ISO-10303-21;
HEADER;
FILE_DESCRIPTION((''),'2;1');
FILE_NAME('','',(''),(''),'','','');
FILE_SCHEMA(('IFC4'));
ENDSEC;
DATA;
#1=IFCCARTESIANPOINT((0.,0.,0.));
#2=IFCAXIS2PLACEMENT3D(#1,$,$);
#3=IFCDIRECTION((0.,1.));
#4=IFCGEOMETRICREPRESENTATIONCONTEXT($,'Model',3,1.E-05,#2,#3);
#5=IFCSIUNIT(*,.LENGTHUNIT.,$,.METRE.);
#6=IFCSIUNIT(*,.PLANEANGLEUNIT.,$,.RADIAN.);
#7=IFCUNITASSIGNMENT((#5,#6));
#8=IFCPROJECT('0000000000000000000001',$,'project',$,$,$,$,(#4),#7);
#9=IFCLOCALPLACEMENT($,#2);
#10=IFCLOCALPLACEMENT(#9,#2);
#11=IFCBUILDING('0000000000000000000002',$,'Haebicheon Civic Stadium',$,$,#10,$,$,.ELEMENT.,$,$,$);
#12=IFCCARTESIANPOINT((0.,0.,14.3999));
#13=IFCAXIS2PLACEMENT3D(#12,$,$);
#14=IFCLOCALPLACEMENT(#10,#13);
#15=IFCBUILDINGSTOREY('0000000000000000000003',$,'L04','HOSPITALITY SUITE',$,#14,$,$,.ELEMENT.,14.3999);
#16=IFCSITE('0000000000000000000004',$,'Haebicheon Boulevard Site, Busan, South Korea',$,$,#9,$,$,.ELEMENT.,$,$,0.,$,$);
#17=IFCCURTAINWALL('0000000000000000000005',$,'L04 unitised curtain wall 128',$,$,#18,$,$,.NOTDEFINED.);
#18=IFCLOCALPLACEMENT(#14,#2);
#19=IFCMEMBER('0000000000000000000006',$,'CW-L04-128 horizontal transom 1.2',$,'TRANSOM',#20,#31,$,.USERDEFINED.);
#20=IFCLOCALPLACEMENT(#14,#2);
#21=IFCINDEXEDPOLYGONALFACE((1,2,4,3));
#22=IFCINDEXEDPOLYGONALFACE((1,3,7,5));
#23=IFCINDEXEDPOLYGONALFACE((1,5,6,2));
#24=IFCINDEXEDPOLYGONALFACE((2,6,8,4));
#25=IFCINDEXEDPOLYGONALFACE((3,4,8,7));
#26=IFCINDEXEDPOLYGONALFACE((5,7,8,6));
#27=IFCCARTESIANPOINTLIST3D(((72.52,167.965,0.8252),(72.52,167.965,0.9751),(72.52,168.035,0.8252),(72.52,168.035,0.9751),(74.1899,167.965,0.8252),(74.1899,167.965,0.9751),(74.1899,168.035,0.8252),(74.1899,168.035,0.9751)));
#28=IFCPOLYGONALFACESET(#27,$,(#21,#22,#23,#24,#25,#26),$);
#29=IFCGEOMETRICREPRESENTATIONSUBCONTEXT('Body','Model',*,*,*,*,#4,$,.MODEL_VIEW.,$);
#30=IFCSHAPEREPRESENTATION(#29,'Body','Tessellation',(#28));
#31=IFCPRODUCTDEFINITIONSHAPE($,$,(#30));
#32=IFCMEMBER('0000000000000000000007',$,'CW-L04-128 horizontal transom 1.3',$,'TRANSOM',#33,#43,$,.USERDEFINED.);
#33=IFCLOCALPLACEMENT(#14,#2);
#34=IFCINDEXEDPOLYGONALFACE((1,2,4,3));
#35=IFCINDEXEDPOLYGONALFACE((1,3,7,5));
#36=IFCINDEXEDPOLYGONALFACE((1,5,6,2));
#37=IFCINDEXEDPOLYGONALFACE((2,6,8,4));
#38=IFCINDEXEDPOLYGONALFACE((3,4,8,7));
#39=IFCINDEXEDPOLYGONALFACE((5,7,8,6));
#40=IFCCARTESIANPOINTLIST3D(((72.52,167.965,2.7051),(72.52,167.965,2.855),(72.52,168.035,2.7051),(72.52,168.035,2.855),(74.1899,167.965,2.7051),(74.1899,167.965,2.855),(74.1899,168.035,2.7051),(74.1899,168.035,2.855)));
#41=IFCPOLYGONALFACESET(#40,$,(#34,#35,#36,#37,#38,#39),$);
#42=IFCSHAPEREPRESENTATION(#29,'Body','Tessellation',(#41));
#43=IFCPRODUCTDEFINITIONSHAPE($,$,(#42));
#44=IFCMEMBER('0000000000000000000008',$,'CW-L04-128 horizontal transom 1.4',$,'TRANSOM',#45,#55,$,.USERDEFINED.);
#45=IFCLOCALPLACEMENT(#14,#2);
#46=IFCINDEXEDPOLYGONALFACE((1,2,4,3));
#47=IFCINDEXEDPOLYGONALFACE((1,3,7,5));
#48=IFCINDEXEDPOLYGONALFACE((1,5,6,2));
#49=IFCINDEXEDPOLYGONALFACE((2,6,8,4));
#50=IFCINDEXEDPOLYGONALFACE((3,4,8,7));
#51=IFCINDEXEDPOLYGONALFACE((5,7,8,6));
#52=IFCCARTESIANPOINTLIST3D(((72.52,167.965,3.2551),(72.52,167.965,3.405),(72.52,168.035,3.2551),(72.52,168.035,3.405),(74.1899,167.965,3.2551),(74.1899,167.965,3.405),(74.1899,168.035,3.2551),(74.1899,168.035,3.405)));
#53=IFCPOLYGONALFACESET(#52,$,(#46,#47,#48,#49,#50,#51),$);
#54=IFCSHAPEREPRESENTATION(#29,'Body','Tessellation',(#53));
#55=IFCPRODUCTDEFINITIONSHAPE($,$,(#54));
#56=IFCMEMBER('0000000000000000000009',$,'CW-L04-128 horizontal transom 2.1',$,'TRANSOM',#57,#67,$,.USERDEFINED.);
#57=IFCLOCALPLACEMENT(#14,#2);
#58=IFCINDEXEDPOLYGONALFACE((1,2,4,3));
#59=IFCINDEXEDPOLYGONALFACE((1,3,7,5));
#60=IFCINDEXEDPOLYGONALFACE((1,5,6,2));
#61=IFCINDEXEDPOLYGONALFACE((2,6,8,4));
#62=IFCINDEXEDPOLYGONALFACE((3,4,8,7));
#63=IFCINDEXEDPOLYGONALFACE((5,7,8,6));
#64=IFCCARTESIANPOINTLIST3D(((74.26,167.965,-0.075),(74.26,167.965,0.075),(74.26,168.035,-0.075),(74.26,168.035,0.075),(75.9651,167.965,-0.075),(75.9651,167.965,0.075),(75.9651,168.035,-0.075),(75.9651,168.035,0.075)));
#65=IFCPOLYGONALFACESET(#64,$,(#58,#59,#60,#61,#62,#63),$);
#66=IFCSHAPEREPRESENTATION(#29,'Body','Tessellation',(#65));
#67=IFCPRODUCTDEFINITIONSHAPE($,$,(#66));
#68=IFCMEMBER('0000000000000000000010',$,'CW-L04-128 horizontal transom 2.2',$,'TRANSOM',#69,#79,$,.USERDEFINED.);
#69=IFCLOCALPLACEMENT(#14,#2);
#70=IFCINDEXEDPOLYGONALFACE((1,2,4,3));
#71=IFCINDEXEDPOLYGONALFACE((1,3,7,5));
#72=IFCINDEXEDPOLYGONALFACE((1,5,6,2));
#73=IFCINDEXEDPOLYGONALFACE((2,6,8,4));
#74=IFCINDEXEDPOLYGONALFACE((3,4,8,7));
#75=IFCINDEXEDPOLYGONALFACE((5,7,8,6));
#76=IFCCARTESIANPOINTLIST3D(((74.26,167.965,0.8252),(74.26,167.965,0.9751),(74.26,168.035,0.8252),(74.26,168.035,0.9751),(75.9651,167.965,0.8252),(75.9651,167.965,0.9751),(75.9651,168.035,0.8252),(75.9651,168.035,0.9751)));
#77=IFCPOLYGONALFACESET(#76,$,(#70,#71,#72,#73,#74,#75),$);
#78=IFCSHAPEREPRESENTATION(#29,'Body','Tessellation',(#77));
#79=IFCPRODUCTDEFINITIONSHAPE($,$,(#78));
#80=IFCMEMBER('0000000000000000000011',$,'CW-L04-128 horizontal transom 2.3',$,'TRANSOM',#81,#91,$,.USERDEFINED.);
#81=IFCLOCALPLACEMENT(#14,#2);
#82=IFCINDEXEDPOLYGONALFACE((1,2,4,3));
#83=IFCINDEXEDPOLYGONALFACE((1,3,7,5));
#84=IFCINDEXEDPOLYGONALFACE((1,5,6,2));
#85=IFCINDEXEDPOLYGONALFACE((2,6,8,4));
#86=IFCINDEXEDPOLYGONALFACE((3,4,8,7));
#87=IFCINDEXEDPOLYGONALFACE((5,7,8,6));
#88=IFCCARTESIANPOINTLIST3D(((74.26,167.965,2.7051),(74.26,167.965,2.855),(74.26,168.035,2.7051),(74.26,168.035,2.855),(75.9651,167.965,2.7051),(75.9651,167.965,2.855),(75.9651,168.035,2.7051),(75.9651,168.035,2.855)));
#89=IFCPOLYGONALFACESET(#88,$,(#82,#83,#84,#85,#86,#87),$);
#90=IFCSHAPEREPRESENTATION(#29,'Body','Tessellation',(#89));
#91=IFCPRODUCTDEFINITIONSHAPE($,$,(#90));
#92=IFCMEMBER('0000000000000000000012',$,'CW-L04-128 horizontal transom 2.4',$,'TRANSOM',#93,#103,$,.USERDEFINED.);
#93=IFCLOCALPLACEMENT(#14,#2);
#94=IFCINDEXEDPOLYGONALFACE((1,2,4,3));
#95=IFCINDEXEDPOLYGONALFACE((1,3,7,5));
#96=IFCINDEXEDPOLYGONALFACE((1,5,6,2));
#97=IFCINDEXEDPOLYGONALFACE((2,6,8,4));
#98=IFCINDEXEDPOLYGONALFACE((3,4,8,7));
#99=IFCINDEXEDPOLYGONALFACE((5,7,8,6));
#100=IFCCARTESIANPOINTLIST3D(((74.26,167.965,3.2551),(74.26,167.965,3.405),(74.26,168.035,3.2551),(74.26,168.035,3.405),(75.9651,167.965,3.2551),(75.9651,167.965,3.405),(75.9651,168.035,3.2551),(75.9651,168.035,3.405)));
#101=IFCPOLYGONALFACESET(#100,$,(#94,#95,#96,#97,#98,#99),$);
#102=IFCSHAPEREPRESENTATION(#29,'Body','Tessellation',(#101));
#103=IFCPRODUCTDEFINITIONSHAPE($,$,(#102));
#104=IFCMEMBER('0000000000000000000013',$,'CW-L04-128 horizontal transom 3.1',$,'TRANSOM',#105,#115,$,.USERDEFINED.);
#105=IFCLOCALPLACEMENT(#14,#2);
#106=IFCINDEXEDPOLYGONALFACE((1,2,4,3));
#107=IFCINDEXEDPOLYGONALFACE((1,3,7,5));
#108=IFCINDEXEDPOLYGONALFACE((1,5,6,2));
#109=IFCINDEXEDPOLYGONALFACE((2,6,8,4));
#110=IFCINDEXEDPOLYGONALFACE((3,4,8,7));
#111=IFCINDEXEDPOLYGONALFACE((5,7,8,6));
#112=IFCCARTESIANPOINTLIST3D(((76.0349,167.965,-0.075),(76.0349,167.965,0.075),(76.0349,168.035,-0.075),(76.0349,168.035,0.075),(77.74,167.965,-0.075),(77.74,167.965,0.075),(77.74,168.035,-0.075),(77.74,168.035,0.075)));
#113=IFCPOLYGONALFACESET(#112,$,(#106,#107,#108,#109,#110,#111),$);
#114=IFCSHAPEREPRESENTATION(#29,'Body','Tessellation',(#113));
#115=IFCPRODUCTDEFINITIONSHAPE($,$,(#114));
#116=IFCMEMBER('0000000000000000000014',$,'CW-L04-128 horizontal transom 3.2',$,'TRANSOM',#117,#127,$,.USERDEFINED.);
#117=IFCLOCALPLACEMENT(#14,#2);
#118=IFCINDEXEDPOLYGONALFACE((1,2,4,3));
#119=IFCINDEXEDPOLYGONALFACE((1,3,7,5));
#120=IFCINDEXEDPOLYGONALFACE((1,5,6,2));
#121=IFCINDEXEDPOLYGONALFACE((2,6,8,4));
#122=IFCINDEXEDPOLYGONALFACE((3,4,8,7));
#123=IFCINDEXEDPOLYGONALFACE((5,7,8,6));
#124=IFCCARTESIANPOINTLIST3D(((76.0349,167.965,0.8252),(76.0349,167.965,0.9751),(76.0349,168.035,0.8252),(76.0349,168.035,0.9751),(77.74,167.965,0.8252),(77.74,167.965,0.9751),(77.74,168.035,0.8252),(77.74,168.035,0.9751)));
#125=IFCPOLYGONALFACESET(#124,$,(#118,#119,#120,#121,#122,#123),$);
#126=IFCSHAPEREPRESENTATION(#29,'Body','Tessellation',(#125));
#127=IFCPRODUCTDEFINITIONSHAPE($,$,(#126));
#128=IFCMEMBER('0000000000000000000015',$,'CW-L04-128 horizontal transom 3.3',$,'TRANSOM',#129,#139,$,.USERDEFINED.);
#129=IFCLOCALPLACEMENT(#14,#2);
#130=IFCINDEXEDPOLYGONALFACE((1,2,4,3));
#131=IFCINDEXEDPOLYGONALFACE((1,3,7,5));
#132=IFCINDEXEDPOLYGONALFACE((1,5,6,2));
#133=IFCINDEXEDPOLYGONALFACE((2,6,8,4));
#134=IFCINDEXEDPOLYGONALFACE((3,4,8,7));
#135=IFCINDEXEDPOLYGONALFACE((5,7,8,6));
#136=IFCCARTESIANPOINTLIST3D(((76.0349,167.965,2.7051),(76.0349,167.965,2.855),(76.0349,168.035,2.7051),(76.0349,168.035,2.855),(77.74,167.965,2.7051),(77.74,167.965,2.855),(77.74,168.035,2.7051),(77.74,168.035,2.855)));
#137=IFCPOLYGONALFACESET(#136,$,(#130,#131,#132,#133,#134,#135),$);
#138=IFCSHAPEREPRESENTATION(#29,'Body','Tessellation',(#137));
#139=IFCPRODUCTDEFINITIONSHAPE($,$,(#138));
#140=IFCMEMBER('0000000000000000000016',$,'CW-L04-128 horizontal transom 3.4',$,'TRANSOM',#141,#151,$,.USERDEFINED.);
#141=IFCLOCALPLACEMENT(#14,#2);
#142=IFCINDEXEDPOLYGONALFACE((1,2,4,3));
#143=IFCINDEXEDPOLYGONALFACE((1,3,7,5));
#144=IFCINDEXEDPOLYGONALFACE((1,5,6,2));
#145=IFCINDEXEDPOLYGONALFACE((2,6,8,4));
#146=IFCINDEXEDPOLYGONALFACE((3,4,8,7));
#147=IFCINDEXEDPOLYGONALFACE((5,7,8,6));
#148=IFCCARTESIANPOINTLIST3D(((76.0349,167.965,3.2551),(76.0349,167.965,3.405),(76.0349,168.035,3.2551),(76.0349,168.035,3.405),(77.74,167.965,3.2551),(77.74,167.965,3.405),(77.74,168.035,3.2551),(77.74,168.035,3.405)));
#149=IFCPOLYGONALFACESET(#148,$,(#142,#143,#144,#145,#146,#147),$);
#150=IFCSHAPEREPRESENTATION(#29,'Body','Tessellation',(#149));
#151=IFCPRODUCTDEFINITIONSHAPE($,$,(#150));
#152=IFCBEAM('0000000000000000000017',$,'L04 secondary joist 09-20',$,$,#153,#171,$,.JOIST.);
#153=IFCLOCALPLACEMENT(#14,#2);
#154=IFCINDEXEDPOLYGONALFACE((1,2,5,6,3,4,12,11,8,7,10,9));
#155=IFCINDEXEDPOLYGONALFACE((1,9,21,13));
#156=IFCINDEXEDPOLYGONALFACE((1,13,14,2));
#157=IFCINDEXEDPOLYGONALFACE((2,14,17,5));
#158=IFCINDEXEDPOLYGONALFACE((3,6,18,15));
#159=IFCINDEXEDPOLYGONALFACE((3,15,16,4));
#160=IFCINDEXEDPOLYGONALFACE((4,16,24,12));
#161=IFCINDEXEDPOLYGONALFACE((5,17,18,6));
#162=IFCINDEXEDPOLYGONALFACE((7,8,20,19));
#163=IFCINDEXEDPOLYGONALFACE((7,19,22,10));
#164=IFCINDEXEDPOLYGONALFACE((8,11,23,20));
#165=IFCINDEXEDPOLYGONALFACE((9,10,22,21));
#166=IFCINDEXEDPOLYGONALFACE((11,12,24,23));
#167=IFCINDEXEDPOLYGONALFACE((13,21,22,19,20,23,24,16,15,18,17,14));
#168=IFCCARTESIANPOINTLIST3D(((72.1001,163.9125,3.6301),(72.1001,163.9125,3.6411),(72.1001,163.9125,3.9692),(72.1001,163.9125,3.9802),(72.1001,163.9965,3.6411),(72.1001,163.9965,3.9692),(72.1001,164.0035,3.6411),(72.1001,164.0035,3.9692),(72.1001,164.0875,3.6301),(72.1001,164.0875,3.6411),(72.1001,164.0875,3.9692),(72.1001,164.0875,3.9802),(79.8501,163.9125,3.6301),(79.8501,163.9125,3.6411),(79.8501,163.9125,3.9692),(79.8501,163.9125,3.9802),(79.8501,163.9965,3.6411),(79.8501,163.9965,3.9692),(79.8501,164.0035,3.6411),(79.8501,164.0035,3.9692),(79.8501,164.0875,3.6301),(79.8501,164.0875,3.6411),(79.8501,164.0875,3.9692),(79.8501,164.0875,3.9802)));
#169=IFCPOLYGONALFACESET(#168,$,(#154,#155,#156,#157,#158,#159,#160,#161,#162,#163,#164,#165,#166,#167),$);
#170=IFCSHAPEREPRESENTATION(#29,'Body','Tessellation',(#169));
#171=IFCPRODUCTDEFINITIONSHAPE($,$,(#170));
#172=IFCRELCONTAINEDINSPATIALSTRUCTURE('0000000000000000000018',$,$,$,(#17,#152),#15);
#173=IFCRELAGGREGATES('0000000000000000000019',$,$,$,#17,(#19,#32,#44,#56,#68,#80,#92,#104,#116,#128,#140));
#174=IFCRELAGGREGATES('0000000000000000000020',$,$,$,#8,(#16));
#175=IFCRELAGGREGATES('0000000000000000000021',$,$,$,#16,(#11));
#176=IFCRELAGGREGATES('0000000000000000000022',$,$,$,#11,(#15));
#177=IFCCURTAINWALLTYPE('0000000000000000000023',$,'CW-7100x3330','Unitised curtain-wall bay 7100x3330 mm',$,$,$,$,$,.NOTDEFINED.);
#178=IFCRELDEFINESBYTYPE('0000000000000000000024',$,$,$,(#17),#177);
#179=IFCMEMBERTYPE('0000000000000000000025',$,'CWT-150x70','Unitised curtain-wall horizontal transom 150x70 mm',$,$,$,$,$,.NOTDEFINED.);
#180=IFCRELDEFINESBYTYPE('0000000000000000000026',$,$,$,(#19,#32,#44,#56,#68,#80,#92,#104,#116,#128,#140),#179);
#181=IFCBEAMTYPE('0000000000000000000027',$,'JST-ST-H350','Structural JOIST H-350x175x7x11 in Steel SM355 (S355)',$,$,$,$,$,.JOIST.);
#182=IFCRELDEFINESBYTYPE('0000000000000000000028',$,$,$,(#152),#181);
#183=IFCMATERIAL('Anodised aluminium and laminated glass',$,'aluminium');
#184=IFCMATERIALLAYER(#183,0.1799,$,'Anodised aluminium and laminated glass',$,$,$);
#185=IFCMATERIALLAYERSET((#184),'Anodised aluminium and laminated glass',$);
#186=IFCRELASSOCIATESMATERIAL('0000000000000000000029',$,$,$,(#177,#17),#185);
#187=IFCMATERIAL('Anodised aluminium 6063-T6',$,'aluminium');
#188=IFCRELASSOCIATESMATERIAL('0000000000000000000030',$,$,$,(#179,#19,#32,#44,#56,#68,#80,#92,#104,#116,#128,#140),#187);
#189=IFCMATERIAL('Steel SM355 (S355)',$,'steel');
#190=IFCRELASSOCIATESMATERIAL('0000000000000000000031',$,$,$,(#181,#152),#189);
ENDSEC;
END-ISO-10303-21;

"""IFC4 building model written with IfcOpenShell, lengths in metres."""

from ifc_helpers import new_model, si_unit, direction, frame, origin, origin_2d, place, context, subcontext, project, spatial, rectangle, i_section, extrude, material, layer, layer_set, material_profile, profile_set, type_object, element, aggregate, save


model = new_model("IFC4")

# Units and contexts
model_context = context("Model", 3, precision=1e-05, world=origin(), true_north=direction((0.0, 1.0)))
body_context = subcontext(model_context, "Body", "Model", "MODEL_VIEW")
ifc_project = project(units=[si_unit("LENGTHUNIT", "METRE"), si_unit("PLANEANGLEUNIT", "RADIAN")], contexts=[model_context])

# Site, building, storey
site_placement = place(None, origin())
site = spatial("IfcSite", under=ifc_project, at=site_placement, Name="Haebicheon Boulevard Site, Busan, South Korea", CompositionType="ELEMENT", RefElevation=0.0)
building_placement = place(site_placement, origin())
building = spatial("IfcBuilding", under=site, at=building_placement, Name="Haebicheon Civic Stadium", CompositionType="ELEMENT")
storey_placement = place(building_placement, frame((0.0, 0.0, 14.3999)))
storey = spatial("IfcBuildingStorey", under=building, at=storey_placement, Name="L04", Description="HOSPITALITY SUITE", CompositionType="ELEMENT", Elevation=14.3999)

# Curtain wall
ifc_material_1 = material(Name="Anodised aluminium and laminated glass", Category="aluminium")
ifc_layer_1 = layer(ifc_material_1, 0.1799, Name="Anodised aluminium and laminated glass")
ifc_layer_set_1 = layer_set([ifc_layer_1], Name="Anodised aluminium and laminated glass")
curtain_wall_type_1 = type_object("IfcCurtainWallType", Name="CW-7100x3330", Description="Unitised curtain-wall bay 7100x3330 mm", PredefinedType="NOTDEFINED", material=ifc_layer_set_1)
curtain_wall_1_placement = place(storey_placement, origin())
curtain_wall_1 = element("IfcCurtainWall", 1, at=curtain_wall_1_placement, inside=storey, type_object=curtain_wall_type_1, material=ifc_layer_set_1, Name="L04 unitised curtain wall 128", PredefinedType="NOTDEFINED")

# Members
ifc_material_2 = material(Name="Anodised aluminium 6063-T6", Category="aluminium")
ifc_material_profile_1 = material_profile(ifc_material_2, rectangle(XDim=0.0701, YDim=0.1499, at=origin_2d()), Name="ALU-TRAN-70x150")
ifc_profile_set_1 = profile_set([ifc_material_profile_1], Name="Anodised aluminium 6063-T6")
member_type_1 = type_object("IfcMemberType", Name="CWT-150x70", Description="Unitised curtain-wall horizontal transom 150x70 mm", PredefinedType="NOTDEFINED", material=ifc_profile_set_1)
member_1_placement = place(storey_placement, frame((72.52, 168.0, 0.9001), z_axis=(1.0, 0.0, 0.0), x_axis=(0.0, 1.0, 0.0)))
member_1 = element("IfcMember", 2, at=member_1_placement, type_object=member_type_1, material=ifc_profile_set_1, Name="CW-L04-128 horizontal transom 1.2", ObjectType="TRANSOM", PredefinedType="USERDEFINED", context=body_context, shape_type="SweptSolid", body=[
    extrude(rectangle(XDim=0.0701, YDim=0.1499, at=origin_2d()), origin(), (0.0, 0.0, 1.0), 1.6699),
])
member_2_placement = place(storey_placement, frame((72.52, 168.0, 2.78), z_axis=(1.0, 0.0, 0.0), x_axis=(0.0, 1.0, 0.0)))
member_2 = element("IfcMember", 3, at=member_2_placement, type_object=member_type_1, material=ifc_profile_set_1, Name="CW-L04-128 horizontal transom 1.3", ObjectType="TRANSOM", PredefinedType="USERDEFINED", context=body_context, shape_type="SweptSolid", body=[
    extrude(rectangle(XDim=0.0701, YDim=0.1499, at=origin_2d()), origin(), (0.0, 0.0, 1.0), 1.6699),
])
member_3_placement = place(storey_placement, frame((72.52, 168.0, 3.3301), z_axis=(1.0, 0.0, 0.0), x_axis=(0.0, 1.0, 0.0)))
member_3 = element("IfcMember", 4, at=member_3_placement, type_object=member_type_1, material=ifc_profile_set_1, Name="CW-L04-128 horizontal transom 1.4", ObjectType="TRANSOM", PredefinedType="USERDEFINED", context=body_context, shape_type="SweptSolid", body=[
    extrude(rectangle(XDim=0.0701, YDim=0.1499, at=origin_2d()), origin(), (0.0, 0.0, 1.0), 1.6699),
])
member_4_placement = place(storey_placement, frame((74.26, 168.0, 0.0), z_axis=(1.0, 0.0, 0.0), x_axis=(0.0, 1.0, 0.0)))
member_4 = element("IfcMember", 5, at=member_4_placement, type_object=member_type_1, material=ifc_profile_set_1, Name="CW-L04-128 horizontal transom 2.1", ObjectType="TRANSOM", PredefinedType="USERDEFINED", context=body_context, shape_type="SweptSolid", body=[
    extrude(rectangle(XDim=0.0701, YDim=0.1499, at=origin_2d()), origin(), (0.0, 0.0, 1.0), 1.7051),
])
member_5_placement = place(storey_placement, frame((74.26, 168.0, 0.9001), z_axis=(1.0, 0.0, 0.0), x_axis=(0.0, 1.0, 0.0)))
member_5 = element("IfcMember", 6, at=member_5_placement, type_object=member_type_1, material=ifc_profile_set_1, Name="CW-L04-128 horizontal transom 2.2", ObjectType="TRANSOM", PredefinedType="USERDEFINED", context=body_context, shape_type="SweptSolid", body=[
    extrude(rectangle(XDim=0.0701, YDim=0.1499, at=origin_2d()), origin(), (0.0, 0.0, 1.0), 1.7051),
])
member_6_placement = place(storey_placement, frame((74.26, 168.0, 2.78), z_axis=(1.0, 0.0, 0.0), x_axis=(0.0, 1.0, 0.0)))
member_6 = element("IfcMember", 7, at=member_6_placement, type_object=member_type_1, material=ifc_profile_set_1, Name="CW-L04-128 horizontal transom 2.3", ObjectType="TRANSOM", PredefinedType="USERDEFINED", context=body_context, shape_type="SweptSolid", body=[
    extrude(rectangle(XDim=0.0701, YDim=0.1499, at=origin_2d()), origin(), (0.0, 0.0, 1.0), 1.7051),
])
member_7_placement = place(storey_placement, frame((74.26, 168.0, 3.3301), z_axis=(1.0, 0.0, 0.0), x_axis=(0.0, 1.0, 0.0)))
member_7 = element("IfcMember", 8, at=member_7_placement, type_object=member_type_1, material=ifc_profile_set_1, Name="CW-L04-128 horizontal transom 2.4", ObjectType="TRANSOM", PredefinedType="USERDEFINED", context=body_context, shape_type="SweptSolid", body=[
    extrude(rectangle(XDim=0.0701, YDim=0.1499, at=origin_2d()), origin(), (0.0, 0.0, 1.0), 1.7051),
])
member_8_placement = place(storey_placement, frame((76.0349, 168.0, 0.0), z_axis=(1.0, 0.0, 0.0), x_axis=(0.0, 1.0, 0.0)))
member_8 = element("IfcMember", 9, at=member_8_placement, type_object=member_type_1, material=ifc_profile_set_1, Name="CW-L04-128 horizontal transom 3.1", ObjectType="TRANSOM", PredefinedType="USERDEFINED", context=body_context, shape_type="SweptSolid", body=[
    extrude(rectangle(XDim=0.0701, YDim=0.1499, at=origin_2d()), origin(), (0.0, 0.0, 1.0), 1.7051),
])
member_9_placement = place(storey_placement, frame((76.0349, 168.0, 0.9001), z_axis=(1.0, 0.0, 0.0), x_axis=(0.0, 1.0, 0.0)))
member_9 = element("IfcMember", 10, at=member_9_placement, type_object=member_type_1, material=ifc_profile_set_1, Name="CW-L04-128 horizontal transom 3.2", ObjectType="TRANSOM", PredefinedType="USERDEFINED", context=body_context, shape_type="SweptSolid", body=[
    extrude(rectangle(XDim=0.0701, YDim=0.1499, at=origin_2d()), origin(), (0.0, 0.0, 1.0), 1.7051),
])
member_10_placement = place(storey_placement, frame((76.0349, 168.0, 2.78), z_axis=(1.0, 0.0, 0.0), x_axis=(0.0, 1.0, 0.0)))
member_10 = element("IfcMember", 11, at=member_10_placement, type_object=member_type_1, material=ifc_profile_set_1, Name="CW-L04-128 horizontal transom 3.3", ObjectType="TRANSOM", PredefinedType="USERDEFINED", context=body_context, shape_type="SweptSolid", body=[
    extrude(rectangle(XDim=0.0701, YDim=0.1499, at=origin_2d()), origin(), (0.0, 0.0, 1.0), 1.7051),
])
member_11_placement = place(storey_placement, frame((76.0349, 168.0, 3.3301), z_axis=(1.0, 0.0, 0.0), x_axis=(0.0, 1.0, 0.0)))
member_11 = element("IfcMember", 12, at=member_11_placement, type_object=member_type_1, material=ifc_profile_set_1, Name="CW-L04-128 horizontal transom 3.4", ObjectType="TRANSOM", PredefinedType="USERDEFINED", context=body_context, shape_type="SweptSolid", body=[
    extrude(rectangle(XDim=0.0701, YDim=0.1499, at=origin_2d()), origin(), (0.0, 0.0, 1.0), 1.7051),
])

# Beam
ifc_material_3 = material(Name="Steel SM355 (S355)", Category="steel")
ifc_material_profile_2 = material_profile(ifc_material_3, i_section(OverallWidth=0.175, OverallDepth=0.3501, WebThickness=0.0071, FlangeThickness=0.011, at=origin_2d()), Name="H-350x175x7x11")
ifc_profile_set_2 = profile_set([ifc_material_profile_2], Name="Steel SM355 (S355)")
beam_type_1 = type_object("IfcBeamType", Name="JST-ST-H350", Description="Structural JOIST H-350x175x7x11 in Steel SM355 (S355)", PredefinedType="JOIST", material=ifc_profile_set_2)
beam_1_placement = place(storey_placement, frame((72.1001, 164.0, 3.8052), z_axis=(1.0, 0.0, 0.0), x_axis=(0.0, 1.0, 0.0)))
element("IfcBeam", 13, at=beam_1_placement, inside=storey, type_object=beam_type_1, material=ifc_profile_set_2, Name="L04 secondary joist 09-20", PredefinedType="JOIST", context=body_context, shape_type="SweptSolid", body=[
    extrude(i_section(OverallWidth=0.175, OverallDepth=0.3501, WebThickness=0.0071, FlangeThickness=0.011, at=origin_2d()), origin(), (0.0, 0.0, 1.0), 7.75),
])

aggregate(curtain_wall_1, [member_1, member_2, member_3, member_4, member_5, member_6, member_7, member_8, member_9, member_10, member_11])

save(model, "model.ifc")
